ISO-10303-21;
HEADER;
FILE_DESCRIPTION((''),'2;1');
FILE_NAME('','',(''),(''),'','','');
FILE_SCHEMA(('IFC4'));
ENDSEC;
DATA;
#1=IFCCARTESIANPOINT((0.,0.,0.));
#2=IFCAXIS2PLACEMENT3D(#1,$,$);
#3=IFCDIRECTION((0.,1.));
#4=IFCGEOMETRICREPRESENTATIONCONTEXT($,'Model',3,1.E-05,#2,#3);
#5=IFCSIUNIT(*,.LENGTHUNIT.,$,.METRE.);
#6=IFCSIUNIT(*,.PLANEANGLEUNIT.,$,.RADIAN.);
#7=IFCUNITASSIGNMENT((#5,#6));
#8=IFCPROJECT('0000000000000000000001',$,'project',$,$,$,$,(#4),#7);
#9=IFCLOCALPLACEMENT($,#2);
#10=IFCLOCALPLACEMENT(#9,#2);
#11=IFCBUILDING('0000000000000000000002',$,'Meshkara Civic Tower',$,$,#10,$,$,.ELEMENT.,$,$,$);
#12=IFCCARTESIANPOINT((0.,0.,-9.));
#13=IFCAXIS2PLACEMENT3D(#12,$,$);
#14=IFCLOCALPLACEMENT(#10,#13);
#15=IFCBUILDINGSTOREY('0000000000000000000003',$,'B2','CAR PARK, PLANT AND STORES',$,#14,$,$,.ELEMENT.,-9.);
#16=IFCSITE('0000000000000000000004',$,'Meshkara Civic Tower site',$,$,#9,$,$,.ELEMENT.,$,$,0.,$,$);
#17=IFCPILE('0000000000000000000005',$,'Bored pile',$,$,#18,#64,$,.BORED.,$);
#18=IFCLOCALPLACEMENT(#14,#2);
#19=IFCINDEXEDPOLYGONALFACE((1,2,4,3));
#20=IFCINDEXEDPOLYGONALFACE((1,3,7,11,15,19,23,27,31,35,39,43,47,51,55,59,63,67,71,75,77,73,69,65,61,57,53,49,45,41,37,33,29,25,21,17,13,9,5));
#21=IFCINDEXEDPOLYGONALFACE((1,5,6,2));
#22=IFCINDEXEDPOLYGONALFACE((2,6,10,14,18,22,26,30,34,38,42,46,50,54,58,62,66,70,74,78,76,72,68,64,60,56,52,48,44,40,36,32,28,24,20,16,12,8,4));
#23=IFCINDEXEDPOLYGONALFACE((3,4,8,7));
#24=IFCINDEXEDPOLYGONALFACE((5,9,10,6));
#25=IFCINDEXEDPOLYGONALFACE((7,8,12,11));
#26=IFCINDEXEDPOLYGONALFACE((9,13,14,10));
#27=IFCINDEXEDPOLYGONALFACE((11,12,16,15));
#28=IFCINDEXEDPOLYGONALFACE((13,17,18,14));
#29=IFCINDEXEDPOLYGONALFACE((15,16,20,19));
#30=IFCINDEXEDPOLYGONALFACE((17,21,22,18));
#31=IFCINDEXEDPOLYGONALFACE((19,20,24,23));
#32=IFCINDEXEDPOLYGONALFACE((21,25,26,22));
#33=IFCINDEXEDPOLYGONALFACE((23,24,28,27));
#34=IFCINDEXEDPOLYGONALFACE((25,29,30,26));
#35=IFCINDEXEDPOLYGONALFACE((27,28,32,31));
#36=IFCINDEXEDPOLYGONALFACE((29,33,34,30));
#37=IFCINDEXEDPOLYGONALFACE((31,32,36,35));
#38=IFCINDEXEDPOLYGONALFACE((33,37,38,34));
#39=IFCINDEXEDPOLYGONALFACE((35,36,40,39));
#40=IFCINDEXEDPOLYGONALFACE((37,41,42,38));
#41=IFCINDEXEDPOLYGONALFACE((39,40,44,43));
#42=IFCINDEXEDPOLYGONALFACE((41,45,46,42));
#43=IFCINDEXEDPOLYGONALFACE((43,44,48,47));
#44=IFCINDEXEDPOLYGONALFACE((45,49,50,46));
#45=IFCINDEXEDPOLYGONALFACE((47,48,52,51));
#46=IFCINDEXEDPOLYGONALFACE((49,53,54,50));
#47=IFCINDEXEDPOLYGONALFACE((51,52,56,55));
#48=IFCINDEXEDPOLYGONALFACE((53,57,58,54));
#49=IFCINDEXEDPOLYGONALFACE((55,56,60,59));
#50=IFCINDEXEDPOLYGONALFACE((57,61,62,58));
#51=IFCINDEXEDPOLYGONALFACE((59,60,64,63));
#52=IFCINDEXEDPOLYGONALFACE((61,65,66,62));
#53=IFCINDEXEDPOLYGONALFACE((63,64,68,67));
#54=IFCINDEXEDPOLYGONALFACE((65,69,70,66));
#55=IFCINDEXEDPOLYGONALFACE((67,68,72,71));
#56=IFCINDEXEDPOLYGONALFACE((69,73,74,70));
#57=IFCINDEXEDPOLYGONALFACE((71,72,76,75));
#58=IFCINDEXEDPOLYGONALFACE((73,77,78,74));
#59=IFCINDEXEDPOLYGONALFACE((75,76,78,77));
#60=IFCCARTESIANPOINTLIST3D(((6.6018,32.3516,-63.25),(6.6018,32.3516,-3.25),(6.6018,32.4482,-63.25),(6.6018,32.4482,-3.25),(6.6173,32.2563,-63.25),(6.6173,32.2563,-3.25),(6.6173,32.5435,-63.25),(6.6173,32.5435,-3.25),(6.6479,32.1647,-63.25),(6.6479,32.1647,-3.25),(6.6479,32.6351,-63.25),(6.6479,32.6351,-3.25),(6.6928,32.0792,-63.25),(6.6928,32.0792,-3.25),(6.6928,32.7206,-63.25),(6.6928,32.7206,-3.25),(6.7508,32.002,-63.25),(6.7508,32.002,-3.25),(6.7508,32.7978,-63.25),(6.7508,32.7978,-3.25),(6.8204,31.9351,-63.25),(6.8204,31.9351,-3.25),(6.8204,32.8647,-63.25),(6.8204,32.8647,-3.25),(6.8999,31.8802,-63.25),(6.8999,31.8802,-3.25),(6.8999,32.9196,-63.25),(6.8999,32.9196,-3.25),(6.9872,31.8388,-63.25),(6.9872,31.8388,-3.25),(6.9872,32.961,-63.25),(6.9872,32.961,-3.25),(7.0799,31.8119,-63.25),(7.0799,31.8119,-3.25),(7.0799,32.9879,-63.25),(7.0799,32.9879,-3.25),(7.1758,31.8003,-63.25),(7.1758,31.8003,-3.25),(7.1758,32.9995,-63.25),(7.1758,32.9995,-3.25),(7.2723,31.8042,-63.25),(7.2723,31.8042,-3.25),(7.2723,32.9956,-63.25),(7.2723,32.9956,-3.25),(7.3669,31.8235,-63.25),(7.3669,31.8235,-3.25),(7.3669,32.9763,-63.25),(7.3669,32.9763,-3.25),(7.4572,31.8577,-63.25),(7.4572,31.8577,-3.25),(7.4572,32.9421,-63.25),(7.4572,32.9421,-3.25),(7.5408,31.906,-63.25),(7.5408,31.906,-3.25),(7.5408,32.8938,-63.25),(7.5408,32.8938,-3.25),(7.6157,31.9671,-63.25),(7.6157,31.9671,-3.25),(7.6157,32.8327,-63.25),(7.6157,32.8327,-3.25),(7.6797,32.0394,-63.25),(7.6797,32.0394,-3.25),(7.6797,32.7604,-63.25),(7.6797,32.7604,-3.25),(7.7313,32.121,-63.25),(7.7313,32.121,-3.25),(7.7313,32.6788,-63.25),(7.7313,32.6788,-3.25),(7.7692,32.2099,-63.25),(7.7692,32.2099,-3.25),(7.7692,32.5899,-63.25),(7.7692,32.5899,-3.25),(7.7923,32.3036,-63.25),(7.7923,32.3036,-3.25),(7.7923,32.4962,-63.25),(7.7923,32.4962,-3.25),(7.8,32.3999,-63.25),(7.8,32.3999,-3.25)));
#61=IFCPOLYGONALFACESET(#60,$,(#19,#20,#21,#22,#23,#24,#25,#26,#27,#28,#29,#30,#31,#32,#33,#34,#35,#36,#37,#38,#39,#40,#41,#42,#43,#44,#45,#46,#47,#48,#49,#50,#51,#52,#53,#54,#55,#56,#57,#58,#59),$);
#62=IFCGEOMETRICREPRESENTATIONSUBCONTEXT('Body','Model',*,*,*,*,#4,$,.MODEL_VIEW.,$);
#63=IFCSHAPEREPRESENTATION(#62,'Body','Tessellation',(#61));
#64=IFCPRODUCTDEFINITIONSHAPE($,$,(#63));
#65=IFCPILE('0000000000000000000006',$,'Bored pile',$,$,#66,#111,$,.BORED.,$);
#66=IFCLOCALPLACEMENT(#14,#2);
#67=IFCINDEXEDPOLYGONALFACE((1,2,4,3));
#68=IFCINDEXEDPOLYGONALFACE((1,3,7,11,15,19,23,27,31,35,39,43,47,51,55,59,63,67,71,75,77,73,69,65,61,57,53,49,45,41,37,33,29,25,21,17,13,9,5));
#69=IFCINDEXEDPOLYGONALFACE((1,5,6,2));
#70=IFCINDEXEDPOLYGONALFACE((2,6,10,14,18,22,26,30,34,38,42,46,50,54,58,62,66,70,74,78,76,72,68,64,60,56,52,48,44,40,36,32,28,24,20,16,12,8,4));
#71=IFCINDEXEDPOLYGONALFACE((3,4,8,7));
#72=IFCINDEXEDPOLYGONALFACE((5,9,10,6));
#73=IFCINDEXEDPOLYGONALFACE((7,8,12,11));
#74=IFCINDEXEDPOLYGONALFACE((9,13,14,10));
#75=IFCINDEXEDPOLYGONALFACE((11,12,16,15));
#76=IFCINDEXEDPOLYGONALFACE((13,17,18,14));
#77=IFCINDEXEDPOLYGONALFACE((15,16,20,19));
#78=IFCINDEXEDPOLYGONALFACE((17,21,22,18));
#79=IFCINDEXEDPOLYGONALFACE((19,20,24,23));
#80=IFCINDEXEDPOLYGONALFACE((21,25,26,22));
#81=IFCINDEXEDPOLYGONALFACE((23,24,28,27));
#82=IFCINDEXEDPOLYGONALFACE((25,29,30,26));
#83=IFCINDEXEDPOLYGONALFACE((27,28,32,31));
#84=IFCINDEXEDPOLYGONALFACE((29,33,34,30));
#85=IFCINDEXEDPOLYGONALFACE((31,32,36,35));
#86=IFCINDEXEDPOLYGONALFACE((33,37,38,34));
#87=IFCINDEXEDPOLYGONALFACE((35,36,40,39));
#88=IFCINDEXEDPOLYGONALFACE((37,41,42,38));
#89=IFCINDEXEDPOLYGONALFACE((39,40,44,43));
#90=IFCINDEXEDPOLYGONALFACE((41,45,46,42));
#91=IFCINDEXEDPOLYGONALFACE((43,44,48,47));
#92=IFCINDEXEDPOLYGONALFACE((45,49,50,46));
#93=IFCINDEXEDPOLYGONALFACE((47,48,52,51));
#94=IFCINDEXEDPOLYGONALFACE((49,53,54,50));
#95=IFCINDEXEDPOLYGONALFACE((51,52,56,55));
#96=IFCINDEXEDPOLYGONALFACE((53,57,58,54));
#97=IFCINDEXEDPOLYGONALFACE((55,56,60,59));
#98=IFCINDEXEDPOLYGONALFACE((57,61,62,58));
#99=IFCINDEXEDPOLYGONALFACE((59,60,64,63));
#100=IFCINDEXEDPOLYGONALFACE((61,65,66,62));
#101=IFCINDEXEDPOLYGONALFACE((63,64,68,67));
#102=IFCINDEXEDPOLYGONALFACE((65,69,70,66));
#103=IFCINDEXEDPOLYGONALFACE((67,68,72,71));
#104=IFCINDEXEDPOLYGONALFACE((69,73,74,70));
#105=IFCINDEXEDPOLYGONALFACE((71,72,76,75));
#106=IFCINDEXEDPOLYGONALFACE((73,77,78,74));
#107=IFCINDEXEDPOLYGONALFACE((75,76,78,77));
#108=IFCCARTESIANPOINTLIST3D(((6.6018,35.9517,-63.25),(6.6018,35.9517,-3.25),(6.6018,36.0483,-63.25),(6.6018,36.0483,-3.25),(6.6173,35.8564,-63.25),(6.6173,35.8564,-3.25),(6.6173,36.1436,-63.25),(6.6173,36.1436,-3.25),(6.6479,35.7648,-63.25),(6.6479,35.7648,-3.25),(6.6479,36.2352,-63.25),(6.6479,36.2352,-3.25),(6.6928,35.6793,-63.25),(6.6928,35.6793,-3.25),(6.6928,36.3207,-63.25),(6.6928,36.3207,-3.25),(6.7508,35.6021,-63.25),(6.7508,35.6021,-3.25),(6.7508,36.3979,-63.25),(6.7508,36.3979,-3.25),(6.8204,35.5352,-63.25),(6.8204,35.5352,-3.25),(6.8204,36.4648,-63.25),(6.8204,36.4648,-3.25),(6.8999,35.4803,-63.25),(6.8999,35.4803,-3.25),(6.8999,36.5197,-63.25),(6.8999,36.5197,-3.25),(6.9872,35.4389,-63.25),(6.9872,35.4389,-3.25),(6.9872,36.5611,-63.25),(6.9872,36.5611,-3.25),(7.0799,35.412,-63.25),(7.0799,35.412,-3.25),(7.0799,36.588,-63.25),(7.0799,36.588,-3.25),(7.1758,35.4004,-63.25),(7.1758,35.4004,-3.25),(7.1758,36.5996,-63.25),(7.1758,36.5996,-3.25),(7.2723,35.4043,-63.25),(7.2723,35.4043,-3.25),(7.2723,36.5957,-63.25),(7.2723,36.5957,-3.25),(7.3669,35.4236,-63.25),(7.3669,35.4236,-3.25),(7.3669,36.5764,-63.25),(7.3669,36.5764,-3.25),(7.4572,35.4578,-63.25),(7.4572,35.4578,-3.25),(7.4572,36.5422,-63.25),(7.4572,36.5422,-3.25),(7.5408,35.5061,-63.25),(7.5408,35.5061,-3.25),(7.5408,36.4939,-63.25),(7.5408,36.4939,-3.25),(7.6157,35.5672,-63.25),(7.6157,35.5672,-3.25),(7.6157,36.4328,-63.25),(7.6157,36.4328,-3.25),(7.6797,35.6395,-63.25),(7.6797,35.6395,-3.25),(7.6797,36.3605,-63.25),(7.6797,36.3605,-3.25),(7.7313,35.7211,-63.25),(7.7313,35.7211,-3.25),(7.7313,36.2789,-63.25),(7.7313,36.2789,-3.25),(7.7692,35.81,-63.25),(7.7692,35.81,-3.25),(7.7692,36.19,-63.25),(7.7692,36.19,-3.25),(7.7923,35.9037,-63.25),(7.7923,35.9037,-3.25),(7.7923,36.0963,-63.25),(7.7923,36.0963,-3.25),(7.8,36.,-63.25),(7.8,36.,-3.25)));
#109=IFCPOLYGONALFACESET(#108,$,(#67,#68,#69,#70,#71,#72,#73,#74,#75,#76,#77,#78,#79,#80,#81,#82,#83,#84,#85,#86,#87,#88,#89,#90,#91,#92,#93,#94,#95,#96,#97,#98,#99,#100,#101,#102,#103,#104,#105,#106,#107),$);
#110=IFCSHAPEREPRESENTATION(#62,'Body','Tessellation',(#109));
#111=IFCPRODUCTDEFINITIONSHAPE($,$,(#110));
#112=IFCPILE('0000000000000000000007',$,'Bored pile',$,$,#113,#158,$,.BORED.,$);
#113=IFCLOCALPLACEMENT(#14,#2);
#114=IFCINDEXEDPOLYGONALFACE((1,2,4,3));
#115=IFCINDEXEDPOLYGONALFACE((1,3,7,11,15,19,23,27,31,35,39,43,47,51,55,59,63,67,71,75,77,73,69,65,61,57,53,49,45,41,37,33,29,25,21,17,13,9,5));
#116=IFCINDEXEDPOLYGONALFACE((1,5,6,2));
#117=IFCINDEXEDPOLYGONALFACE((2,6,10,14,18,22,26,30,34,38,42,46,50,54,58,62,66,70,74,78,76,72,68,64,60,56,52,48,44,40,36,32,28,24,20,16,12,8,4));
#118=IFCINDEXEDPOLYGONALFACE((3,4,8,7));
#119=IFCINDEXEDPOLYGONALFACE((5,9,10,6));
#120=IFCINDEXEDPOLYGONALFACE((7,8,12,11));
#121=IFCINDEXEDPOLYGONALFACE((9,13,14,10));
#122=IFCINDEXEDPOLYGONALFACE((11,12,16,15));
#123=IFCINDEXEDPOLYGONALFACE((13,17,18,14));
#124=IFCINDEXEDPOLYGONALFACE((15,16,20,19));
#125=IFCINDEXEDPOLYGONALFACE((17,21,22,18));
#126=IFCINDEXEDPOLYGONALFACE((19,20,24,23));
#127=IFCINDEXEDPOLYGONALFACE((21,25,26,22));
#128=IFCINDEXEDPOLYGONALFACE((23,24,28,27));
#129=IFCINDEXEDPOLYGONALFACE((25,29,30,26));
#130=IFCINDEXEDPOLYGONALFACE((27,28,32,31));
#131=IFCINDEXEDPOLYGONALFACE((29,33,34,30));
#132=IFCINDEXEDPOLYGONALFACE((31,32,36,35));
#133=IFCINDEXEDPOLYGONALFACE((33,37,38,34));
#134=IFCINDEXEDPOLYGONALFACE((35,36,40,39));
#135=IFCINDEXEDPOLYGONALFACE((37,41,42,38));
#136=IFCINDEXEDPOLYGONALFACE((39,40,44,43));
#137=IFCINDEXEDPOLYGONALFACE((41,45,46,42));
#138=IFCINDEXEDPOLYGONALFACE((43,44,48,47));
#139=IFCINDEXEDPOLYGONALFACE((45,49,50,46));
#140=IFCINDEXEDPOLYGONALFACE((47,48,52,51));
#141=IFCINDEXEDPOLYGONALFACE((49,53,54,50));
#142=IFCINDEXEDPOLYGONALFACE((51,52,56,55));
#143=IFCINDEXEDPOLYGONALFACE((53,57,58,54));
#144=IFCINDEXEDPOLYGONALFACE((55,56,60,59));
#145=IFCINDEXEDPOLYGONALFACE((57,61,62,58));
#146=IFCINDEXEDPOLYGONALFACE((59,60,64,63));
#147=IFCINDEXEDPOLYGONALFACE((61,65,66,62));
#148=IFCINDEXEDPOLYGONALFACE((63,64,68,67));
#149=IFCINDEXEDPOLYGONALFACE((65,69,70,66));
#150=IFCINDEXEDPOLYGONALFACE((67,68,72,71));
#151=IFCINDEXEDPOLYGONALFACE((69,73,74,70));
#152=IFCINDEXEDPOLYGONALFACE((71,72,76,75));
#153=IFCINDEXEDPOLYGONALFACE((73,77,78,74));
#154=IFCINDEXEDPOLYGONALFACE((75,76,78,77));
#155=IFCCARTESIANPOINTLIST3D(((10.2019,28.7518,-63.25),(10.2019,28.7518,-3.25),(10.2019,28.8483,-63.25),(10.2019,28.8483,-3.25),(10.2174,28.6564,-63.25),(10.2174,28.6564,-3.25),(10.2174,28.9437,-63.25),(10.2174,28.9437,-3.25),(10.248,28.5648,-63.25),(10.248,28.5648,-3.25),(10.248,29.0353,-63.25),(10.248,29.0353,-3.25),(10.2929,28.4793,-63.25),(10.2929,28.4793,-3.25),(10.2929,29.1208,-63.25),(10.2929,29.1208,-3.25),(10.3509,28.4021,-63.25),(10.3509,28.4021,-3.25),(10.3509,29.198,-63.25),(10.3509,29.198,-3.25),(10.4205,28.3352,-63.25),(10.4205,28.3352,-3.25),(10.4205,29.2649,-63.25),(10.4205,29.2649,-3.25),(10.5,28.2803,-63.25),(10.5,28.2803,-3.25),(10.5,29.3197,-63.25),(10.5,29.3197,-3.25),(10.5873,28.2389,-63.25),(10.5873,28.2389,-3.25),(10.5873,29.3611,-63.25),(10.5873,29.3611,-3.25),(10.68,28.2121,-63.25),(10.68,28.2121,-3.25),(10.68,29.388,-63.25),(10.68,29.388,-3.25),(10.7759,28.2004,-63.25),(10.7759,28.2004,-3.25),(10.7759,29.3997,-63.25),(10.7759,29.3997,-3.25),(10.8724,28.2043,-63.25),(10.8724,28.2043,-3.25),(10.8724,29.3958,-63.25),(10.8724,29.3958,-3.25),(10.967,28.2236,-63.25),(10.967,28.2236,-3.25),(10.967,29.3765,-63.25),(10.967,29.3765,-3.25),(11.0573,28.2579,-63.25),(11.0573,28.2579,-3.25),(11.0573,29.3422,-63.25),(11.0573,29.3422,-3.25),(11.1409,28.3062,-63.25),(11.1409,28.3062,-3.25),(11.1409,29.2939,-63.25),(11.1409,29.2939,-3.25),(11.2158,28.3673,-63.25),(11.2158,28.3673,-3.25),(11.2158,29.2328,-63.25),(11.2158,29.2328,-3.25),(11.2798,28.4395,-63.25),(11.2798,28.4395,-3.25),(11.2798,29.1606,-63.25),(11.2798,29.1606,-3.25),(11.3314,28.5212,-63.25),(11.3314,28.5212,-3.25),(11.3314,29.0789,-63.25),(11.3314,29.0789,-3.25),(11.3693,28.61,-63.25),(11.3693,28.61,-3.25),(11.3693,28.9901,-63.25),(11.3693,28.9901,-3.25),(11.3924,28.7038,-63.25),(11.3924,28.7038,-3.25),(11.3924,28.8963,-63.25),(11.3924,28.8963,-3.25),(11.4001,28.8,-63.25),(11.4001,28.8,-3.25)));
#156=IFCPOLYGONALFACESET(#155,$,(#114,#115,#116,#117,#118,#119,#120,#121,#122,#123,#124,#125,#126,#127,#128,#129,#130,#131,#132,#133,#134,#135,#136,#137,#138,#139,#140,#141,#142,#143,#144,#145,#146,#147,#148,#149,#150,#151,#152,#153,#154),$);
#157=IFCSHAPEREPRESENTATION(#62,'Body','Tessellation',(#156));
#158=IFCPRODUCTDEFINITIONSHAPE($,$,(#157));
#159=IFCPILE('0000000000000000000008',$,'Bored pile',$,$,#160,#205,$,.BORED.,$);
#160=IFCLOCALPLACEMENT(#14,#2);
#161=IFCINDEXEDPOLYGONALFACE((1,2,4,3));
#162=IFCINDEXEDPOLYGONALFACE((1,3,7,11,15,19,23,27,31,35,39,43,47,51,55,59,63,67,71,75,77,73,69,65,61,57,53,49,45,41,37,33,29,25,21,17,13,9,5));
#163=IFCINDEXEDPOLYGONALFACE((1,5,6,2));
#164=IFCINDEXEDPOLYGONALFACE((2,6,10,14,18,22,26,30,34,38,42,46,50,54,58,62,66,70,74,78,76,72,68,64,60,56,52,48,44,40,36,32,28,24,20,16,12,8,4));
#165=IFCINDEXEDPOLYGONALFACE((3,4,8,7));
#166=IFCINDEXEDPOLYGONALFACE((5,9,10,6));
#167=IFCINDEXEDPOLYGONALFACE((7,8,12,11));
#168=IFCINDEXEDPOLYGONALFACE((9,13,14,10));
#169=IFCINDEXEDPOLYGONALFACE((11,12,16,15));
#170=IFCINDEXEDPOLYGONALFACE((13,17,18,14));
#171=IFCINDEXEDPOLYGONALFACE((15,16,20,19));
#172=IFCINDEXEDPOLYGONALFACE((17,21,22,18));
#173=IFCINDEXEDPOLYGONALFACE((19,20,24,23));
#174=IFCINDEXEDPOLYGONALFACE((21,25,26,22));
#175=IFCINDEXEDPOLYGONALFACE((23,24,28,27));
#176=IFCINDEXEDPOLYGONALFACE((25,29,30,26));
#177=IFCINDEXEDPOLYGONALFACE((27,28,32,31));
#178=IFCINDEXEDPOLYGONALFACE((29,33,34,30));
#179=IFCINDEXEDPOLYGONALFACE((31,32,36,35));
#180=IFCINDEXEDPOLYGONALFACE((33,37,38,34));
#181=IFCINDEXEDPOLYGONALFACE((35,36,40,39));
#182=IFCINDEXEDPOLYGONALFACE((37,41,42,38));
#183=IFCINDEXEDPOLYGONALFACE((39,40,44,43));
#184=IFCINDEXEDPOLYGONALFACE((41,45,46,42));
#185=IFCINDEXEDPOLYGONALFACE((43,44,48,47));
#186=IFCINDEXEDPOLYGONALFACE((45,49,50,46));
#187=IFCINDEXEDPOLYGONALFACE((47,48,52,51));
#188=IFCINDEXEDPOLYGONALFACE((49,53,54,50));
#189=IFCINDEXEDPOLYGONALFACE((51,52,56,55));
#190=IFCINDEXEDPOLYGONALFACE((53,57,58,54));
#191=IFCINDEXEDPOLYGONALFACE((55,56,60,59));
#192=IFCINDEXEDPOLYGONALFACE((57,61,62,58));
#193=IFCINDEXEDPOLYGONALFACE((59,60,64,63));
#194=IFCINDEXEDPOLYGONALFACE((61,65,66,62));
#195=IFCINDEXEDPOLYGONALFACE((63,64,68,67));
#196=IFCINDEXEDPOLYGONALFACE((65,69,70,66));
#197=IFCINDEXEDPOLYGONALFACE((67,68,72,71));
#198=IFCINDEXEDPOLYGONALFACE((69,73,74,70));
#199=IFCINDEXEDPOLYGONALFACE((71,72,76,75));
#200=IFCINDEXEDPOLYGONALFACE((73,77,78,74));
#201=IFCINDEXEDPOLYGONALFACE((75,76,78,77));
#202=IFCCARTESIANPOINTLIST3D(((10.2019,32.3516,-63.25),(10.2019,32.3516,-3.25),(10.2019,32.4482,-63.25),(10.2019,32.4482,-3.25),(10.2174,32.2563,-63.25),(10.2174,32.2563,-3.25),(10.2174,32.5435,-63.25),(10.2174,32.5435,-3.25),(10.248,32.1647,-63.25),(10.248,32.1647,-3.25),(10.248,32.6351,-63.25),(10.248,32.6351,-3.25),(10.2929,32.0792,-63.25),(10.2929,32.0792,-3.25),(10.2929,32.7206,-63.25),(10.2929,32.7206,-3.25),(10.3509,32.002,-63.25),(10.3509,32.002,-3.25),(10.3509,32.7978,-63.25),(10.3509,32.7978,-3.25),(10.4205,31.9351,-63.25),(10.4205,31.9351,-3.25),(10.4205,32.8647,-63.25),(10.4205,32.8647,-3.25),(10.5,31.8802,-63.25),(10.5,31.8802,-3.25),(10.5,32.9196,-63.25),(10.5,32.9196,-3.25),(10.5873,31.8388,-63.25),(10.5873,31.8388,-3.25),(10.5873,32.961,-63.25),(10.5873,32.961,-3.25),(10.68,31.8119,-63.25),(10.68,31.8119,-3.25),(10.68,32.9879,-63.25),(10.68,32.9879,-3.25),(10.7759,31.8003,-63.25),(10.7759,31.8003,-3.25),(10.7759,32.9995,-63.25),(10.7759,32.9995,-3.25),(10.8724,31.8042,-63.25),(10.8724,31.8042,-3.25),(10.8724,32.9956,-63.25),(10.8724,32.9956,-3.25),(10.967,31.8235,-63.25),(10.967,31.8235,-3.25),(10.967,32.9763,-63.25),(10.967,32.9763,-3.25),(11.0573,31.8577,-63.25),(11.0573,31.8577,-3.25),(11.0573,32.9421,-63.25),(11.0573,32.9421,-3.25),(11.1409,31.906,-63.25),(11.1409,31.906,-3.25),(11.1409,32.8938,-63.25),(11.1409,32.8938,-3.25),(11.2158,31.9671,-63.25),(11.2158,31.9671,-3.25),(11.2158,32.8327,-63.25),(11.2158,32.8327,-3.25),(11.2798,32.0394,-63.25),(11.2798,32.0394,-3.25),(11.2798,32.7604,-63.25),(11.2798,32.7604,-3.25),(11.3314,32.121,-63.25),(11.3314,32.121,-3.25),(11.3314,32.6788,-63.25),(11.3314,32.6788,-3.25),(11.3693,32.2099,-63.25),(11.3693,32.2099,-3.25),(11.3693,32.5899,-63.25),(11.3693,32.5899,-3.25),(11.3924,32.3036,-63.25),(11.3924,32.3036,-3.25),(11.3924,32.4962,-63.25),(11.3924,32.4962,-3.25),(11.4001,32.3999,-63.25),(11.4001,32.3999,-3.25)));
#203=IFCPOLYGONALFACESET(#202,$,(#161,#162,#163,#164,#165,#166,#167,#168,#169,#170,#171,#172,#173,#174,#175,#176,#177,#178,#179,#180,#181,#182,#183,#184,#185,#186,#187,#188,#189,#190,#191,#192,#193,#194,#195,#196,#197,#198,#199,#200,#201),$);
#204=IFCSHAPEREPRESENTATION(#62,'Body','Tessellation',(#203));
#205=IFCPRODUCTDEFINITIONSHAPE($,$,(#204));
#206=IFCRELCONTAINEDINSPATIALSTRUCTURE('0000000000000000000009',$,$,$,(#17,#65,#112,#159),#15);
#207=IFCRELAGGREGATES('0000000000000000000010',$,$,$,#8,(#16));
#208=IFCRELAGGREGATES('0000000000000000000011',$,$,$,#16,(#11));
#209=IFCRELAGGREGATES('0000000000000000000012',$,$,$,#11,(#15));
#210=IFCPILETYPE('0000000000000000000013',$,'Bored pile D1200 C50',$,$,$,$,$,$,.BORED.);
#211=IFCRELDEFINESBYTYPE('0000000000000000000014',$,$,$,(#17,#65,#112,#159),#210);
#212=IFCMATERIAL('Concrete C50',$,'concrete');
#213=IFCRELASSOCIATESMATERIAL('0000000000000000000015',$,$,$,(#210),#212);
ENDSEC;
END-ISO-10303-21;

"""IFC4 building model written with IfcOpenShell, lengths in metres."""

from ifc_helpers import new_model, si_unit, direction, frame, origin, origin_2d, place, context, subcontext, project, spatial, circle, extrude, material, material_profile, profile_set, type_object, element, save


model = new_model("IFC4")

# Units and contexts
model_context = context("Model", 3, precision=1e-05, world=origin(), true_north=direction((0.0, 1.0)))
body_context = subcontext(model_context, "Body", "Model", "MODEL_VIEW")
ifc_project = project(units=[si_unit("LENGTHUNIT", "METRE"), si_unit("PLANEANGLEUNIT", "RADIAN")], contexts=[model_context])

# Site, building, storey
site_placement = place(None, origin())
site = spatial("IfcSite", under=ifc_project, at=site_placement, Name="Meshkara Civic Tower site", CompositionType="ELEMENT", RefElevation=0.0)
building_placement = place(site_placement, origin())
building = spatial("IfcBuilding", under=site, at=building_placement, Name="Meshkara Civic Tower", CompositionType="ELEMENT")
storey_placement = place(building_placement, frame((0.0, 0.0, -9.0)))
storey = spatial("IfcBuildingStorey", under=building, at=storey_placement, Name="B2", Description="CAR PARK, PLANT AND STORES", CompositionType="ELEMENT", Elevation=-9.0)

# Piles
ifc_material_1 = material(Name="Concrete C50", Category="concrete")
ifc_material_profile_1 = material_profile(ifc_material_1, circle(Radius=0.6001, at=origin_2d()))
ifc_profile_set_1 = profile_set([ifc_material_profile_1], Name="Concrete C50")
pile_type = type_object("IfcPileType", Name="Bored pile D1200 C50", PredefinedType="BORED", material=ifc_profile_set_1)
for number, where, z_axis, x_axis, name in (
    (1, (7.2, 32.3999, -3.25), (0.0, 0.0, -1.0), (1.0, 0.0, 0.0), "Bored pile"),
    (2, (7.2, 36.0, -3.25), (0.0, 0.0, -1.0), (1.0, 0.0, 0.0), "Bored pile"),
    (3, (10.8, 28.8, -3.25), (0.0, 0.0, -1.0), (1.0, 0.0, 0.0), "Bored pile"),
    (4, (10.8, 32.3999, -3.25), (0.0, 0.0, -1.0), (1.0, 0.0, 0.0), "Bored pile"),
):
    element("IfcPile", number, at=place(storey_placement, frame(where, z_axis=z_axis, x_axis=x_axis)), inside=storey, type_object=pile_type, Name=name, PredefinedType="BORED", context=body_context, shape_type="SweptSolid", body=[
        extrude(circle(Radius=0.6001, at=origin_2d()), origin(), (0.0, 0.0, 1.0), 60.0),
    ])

save(model, "model.ifc")
